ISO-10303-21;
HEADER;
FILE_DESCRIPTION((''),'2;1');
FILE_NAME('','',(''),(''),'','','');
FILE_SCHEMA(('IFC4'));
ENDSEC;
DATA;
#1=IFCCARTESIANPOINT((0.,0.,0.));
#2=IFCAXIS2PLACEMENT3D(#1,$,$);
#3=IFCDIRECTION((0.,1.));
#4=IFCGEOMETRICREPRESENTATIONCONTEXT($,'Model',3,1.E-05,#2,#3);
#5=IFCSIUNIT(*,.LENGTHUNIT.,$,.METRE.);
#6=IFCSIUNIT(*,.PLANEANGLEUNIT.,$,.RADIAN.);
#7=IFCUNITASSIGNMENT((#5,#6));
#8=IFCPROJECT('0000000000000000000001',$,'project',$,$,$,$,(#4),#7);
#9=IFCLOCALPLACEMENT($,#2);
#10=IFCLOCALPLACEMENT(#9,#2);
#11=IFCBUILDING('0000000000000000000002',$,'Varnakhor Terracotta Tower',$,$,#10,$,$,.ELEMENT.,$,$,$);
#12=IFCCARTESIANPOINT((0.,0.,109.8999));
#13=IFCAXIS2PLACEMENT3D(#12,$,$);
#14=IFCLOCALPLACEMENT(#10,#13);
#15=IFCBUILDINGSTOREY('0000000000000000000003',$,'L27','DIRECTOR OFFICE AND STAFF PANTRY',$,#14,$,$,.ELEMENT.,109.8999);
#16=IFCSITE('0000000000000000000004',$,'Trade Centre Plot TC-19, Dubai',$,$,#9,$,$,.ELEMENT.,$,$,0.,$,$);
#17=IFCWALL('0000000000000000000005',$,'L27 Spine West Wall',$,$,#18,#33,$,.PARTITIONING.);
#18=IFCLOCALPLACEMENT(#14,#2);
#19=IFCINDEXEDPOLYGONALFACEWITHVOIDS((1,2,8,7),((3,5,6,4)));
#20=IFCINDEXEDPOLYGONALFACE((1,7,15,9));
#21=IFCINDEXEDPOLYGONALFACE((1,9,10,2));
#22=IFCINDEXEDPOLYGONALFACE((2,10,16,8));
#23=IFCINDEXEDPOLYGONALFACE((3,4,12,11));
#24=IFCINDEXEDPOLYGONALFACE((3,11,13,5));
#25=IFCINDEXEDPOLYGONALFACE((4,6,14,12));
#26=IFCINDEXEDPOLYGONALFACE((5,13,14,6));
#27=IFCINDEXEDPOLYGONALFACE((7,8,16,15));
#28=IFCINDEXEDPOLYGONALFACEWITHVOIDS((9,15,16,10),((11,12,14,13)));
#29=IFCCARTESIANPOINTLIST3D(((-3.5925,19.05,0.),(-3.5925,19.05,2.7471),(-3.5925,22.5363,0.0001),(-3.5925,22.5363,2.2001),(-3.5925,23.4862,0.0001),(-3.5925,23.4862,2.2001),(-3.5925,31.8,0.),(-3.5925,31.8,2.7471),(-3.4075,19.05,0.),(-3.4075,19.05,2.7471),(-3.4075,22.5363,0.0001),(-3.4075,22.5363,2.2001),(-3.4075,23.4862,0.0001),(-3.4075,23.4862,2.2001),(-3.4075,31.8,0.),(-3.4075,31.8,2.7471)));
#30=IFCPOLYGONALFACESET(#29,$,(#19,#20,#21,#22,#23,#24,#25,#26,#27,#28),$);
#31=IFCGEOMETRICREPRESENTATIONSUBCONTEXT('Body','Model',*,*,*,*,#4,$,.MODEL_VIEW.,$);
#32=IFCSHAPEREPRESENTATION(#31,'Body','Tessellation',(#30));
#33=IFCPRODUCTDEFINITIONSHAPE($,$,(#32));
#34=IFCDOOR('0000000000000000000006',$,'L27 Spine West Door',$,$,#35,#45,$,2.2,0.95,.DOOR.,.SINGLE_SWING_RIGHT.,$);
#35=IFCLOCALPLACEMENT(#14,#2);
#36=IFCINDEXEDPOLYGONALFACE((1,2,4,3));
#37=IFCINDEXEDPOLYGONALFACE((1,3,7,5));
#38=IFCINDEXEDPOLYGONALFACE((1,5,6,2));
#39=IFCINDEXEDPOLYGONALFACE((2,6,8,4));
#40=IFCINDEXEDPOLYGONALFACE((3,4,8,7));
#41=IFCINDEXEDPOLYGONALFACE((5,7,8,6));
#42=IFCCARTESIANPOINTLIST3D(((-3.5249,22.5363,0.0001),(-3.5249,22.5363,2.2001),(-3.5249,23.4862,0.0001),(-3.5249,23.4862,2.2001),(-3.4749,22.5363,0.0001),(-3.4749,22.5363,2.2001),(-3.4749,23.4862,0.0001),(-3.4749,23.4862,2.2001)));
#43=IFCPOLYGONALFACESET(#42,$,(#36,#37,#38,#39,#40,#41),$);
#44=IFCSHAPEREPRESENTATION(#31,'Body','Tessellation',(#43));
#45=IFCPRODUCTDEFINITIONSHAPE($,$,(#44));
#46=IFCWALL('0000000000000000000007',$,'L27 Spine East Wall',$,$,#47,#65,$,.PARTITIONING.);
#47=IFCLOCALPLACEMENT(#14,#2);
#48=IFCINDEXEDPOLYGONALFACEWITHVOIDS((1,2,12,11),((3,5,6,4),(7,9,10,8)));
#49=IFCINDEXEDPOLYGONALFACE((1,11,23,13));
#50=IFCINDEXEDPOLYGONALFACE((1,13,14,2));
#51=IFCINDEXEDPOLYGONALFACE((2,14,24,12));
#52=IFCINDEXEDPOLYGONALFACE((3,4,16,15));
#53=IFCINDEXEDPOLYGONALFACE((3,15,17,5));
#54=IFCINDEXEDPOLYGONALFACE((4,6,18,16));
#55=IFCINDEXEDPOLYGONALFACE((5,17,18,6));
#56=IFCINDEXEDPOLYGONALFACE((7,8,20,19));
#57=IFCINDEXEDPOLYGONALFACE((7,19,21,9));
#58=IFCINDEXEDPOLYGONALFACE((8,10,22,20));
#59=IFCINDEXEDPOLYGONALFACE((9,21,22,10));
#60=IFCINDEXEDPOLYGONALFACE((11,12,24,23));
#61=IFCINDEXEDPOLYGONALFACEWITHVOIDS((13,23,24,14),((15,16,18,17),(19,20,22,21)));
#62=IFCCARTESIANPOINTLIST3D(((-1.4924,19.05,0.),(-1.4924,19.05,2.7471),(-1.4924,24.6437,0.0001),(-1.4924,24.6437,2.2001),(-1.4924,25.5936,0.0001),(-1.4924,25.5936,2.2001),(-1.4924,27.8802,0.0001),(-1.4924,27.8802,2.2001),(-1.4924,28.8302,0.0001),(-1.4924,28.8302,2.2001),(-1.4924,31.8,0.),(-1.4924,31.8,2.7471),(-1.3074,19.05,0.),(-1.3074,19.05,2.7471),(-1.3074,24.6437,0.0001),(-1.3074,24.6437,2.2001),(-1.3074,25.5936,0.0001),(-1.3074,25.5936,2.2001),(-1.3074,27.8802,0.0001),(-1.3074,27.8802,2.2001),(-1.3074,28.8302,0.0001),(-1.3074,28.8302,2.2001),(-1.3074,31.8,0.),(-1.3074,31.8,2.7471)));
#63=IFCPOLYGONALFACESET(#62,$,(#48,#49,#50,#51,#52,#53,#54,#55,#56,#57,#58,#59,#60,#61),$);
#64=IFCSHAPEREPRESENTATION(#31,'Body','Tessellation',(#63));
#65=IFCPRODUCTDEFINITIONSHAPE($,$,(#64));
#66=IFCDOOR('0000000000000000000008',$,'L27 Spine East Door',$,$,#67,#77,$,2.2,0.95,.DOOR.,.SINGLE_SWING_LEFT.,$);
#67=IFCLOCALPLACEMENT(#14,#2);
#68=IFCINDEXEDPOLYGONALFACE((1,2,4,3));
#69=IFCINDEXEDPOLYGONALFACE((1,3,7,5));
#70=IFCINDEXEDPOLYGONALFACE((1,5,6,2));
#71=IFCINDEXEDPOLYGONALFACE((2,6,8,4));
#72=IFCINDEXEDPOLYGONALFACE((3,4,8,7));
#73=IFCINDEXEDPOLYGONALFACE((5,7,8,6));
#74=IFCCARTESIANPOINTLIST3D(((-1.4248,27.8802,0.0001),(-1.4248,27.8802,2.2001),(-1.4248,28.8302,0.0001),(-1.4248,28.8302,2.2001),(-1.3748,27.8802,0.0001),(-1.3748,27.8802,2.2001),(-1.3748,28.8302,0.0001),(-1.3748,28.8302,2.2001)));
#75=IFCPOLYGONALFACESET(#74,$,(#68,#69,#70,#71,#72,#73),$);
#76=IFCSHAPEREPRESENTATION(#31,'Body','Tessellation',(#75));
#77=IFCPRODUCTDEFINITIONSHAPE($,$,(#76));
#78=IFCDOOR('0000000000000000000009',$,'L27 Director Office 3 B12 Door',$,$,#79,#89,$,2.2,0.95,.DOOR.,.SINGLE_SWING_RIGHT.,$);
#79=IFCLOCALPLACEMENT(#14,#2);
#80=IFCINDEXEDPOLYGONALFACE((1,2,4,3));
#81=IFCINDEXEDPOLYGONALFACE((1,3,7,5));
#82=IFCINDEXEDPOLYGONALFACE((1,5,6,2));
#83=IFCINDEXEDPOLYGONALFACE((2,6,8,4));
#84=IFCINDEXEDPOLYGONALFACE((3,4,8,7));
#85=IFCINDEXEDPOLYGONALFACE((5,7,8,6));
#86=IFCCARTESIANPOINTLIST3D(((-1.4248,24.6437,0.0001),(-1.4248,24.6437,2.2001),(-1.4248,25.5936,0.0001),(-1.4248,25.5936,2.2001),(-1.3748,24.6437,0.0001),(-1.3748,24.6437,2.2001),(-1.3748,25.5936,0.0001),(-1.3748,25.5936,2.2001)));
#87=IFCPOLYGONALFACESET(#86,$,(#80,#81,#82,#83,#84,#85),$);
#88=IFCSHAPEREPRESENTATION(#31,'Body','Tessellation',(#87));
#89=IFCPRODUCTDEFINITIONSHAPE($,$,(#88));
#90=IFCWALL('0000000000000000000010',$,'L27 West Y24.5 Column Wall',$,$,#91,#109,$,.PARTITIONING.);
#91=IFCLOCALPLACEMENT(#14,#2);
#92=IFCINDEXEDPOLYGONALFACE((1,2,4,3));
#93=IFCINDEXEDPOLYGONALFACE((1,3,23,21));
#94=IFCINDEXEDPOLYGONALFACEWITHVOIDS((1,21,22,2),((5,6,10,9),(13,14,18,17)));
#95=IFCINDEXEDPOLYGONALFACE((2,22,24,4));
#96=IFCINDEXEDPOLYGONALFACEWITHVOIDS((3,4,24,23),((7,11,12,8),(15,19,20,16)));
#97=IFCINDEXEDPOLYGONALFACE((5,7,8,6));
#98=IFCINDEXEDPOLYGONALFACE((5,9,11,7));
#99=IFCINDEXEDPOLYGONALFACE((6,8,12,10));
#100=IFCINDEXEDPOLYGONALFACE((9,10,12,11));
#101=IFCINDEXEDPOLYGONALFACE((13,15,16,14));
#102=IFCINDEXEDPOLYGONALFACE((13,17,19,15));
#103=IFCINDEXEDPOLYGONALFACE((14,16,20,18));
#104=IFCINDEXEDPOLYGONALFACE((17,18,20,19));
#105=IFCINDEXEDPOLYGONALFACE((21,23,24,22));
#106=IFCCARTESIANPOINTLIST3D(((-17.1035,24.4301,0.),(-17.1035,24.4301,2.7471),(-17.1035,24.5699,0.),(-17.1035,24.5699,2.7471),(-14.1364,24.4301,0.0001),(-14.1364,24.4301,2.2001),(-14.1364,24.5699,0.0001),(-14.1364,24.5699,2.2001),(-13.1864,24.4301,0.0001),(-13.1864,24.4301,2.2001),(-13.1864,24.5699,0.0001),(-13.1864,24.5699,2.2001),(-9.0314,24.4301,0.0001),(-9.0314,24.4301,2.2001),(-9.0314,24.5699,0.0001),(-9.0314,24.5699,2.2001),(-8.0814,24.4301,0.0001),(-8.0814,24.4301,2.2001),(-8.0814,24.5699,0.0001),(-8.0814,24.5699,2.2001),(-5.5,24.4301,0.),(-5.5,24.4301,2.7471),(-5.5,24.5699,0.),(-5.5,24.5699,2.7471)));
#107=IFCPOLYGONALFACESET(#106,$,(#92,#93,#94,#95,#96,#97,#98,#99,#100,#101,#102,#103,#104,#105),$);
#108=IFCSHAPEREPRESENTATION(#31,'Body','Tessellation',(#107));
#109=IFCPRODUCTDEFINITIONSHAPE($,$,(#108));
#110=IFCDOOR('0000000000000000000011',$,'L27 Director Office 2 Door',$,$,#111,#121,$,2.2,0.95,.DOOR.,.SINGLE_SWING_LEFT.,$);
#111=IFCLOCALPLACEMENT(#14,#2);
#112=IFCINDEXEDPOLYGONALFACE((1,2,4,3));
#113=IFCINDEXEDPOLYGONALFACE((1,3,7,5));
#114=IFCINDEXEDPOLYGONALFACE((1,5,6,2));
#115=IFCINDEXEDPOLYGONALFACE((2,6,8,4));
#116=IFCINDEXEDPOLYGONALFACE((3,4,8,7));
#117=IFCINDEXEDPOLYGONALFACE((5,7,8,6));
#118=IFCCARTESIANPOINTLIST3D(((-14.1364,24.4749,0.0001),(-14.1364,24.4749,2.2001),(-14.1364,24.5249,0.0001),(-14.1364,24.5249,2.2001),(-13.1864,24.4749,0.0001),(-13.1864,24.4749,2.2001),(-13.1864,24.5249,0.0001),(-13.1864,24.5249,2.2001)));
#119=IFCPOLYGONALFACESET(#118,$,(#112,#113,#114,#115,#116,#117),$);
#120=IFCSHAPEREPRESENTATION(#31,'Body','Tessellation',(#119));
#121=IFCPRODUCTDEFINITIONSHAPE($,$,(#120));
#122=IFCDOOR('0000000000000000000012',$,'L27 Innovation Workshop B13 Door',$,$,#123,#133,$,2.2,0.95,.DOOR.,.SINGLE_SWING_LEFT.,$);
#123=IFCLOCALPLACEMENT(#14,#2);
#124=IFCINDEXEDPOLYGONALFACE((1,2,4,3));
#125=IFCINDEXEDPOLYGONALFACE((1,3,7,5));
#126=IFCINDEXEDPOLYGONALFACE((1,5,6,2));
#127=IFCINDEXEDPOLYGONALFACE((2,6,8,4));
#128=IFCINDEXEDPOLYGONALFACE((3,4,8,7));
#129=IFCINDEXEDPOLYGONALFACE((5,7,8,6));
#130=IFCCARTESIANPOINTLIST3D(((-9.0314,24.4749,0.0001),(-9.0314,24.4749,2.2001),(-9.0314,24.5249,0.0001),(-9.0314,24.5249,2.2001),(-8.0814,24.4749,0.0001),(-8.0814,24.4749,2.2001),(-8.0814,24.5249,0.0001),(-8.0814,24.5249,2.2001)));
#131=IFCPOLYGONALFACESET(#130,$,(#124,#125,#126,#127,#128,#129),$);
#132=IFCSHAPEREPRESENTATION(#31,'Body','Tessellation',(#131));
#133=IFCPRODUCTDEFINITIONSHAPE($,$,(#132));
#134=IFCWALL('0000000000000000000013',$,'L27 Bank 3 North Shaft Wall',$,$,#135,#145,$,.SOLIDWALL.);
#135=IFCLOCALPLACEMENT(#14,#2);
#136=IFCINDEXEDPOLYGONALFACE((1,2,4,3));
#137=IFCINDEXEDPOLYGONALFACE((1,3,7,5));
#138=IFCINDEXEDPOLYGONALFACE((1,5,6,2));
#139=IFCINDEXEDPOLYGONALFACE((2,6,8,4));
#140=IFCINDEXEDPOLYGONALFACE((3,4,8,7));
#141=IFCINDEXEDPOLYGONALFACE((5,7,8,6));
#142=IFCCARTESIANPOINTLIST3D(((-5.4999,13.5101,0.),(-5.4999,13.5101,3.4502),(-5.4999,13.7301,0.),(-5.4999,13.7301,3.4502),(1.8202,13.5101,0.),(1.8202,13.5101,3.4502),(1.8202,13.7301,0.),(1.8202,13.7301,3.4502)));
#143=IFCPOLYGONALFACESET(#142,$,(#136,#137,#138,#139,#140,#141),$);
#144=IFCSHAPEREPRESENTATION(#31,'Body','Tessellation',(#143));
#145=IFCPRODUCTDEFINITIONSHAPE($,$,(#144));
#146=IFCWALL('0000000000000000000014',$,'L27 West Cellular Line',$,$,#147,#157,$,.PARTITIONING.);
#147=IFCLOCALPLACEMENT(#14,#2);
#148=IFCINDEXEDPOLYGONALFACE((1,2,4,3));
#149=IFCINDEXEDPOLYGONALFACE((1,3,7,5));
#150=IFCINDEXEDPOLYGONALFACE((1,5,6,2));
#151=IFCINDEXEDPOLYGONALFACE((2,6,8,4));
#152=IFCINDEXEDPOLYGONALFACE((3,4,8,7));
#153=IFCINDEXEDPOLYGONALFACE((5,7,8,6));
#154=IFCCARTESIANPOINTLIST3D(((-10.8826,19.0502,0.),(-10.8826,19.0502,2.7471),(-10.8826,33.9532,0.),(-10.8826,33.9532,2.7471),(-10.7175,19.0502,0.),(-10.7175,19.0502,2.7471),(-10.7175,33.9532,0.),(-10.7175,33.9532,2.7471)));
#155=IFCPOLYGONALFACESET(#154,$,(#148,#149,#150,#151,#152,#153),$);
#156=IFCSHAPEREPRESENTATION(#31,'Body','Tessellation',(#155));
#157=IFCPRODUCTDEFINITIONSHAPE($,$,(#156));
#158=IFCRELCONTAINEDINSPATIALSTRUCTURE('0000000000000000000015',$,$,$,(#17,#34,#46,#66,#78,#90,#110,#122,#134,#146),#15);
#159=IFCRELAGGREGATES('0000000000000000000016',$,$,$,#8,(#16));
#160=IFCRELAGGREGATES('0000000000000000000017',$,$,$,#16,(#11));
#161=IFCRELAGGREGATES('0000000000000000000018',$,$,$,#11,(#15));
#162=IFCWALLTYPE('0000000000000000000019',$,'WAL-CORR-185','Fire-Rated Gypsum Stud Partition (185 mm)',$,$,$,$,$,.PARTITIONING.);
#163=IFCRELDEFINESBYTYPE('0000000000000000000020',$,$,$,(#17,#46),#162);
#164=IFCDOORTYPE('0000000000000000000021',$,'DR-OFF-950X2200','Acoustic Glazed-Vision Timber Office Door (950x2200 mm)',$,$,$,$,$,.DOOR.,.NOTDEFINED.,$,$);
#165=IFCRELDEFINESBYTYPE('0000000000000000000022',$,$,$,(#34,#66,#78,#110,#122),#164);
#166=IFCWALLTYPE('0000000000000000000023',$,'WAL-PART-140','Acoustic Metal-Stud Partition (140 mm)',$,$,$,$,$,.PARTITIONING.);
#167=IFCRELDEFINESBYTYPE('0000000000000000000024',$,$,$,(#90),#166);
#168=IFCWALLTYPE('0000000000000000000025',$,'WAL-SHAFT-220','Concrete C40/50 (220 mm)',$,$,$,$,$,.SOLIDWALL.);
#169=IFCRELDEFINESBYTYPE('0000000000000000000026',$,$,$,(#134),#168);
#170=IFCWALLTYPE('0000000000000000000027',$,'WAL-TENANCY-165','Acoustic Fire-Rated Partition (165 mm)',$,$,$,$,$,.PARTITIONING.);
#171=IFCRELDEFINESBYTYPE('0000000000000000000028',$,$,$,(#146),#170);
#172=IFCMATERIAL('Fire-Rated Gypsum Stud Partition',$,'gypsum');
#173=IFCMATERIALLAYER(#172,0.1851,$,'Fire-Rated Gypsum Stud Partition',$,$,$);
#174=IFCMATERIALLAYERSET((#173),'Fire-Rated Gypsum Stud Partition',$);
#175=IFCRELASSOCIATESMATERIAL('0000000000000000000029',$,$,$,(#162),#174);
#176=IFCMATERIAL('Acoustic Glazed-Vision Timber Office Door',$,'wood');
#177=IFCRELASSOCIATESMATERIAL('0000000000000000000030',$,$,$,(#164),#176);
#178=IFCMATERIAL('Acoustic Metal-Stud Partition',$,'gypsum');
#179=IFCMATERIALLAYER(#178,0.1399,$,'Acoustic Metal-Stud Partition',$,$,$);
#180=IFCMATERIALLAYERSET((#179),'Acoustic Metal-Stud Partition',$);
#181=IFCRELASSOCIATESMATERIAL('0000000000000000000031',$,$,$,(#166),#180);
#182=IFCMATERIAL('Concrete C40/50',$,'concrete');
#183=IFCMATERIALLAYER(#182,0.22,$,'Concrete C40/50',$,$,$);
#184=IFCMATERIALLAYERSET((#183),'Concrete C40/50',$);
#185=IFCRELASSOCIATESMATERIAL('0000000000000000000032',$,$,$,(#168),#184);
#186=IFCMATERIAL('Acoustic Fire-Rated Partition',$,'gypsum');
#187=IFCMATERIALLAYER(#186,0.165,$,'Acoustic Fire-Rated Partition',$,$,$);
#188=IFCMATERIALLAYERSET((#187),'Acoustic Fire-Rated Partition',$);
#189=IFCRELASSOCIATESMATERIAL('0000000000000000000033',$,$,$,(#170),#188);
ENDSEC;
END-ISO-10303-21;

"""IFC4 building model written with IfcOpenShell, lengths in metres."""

from ifc_helpers import new_model, si_unit, direction, frame, frame_2d, origin, place, context, subcontext, project, spatial, rectangle, extrude, source, transform, mapped, material, layer, layer_set, type_object, type_shapes, element, fill, save


model = new_model("IFC4")

# Units and contexts
model_context = context("Model", 3, precision=1e-05, world=origin(), true_north=direction((0.0, 1.0)))
body_context = subcontext(model_context, "Body", "Model", "MODEL_VIEW")
ifc_project = project(units=[si_unit("LENGTHUNIT", "METRE"), si_unit("PLANEANGLEUNIT", "RADIAN")], contexts=[model_context])

# Site, building, storey
site_placement = place(None, origin())
site = spatial("IfcSite", under=ifc_project, at=site_placement, Name="Trade Centre Plot TC-19, Dubai", CompositionType="ELEMENT", RefElevation=0.0)
building_placement = place(site_placement, origin())
building = spatial("IfcBuilding", under=site, at=building_placement, Name="Varnakhor Terracotta Tower", CompositionType="ELEMENT")
storey_placement = place(building_placement, frame((0.0, 0.0, 109.8999)))
storey = spatial("IfcBuildingStorey", under=building, at=storey_placement, Name="L27", Description="DIRECTOR OFFICE AND STAFF PANTRY", CompositionType="ELEMENT", Elevation=109.8999)

# Shared definitions
ifc_material_1 = material(Name="Fire-Rated Gypsum Stud Partition", Category="gypsum")
ifc_layer_1 = layer(ifc_material_1, 0.1851, Name="Fire-Rated Gypsum Stud Partition")
ifc_layer_set_1 = layer_set([ifc_layer_1], Name="Fire-Rated Gypsum Stud Partition")
wall_type_1 = type_object("IfcWallType", Name="WAL-CORR-185", Description="Fire-Rated Gypsum Stud Partition (185 mm)", PredefinedType="PARTITIONING", material=ifc_layer_set_1)
ifc_material_2 = material(Name="Acoustic Glazed-Vision Timber Office Door", Category="wood")
door_type_1 = type_object("IfcDoorType", Name="DR-OFF-950X2200", Description="Acoustic Glazed-Vision Timber Office Door (950x2200 mm)", OperationType="NOTDEFINED", PredefinedType="DOOR", material=ifc_material_2)
shared_shape_1 = source(origin(), body_context, "Body", "SweptSolid", [
    extrude(rectangle(XDim=0.95, YDim=2.2, at=frame_2d((0.4751, 1.1001))), frame((0.0, 0.0249, 0.0), z_axis=(0.0, -1.0, 0.0), x_axis=(1.0, 0.0, 0.0)), (0.0, 0.0, 1.0), 0.05),
])
type_shapes(door_type_1, [shared_shape_1])

# Wall, opening, door
wall_1_placement = place(storey_placement, frame((-3.5, 19.05, 0.0), z_axis=(0.0, 0.0, 1.0), x_axis=(0.0, 1.0, 0.0)))
wall_1 = element("IfcWall", 1, at=wall_1_placement, inside=storey, type_object=wall_type_1, Name="L27 Spine West Wall", PredefinedType="PARTITIONING", context=body_context, shape_type="SweptSolid", body=[
    extrude(rectangle(XDim=12.75, YDim=0.1851, at=frame_2d((6.375, 0.0))), origin(), (0.0, 0.0, 1.0), 2.7471),
])
opening_1_placement = place(wall_1_placement, frame((3.4861, 0.0, 0.0)))
opening_1 = element("IfcOpeningElement", 2, at=opening_1_placement, cuts=wall_1, PredefinedType="OPENING", context=body_context, shape_type="SweptSolid", body=[
    extrude(rectangle(XDim=0.95, YDim=2.2, at=frame_2d((0.4751, 1.1001))), frame((0.0, 0.1025, 0.0), z_axis=(0.0, -1.0, 0.0), x_axis=(1.0, 0.0, 0.0)), (0.0, 0.0, 1.0), 0.2051),
])
door_1_placement = place(opening_1_placement, origin())
door_1 = element("IfcDoor", 3, at=door_1_placement, inside=storey, type_object=door_type_1, Name="L27 Spine West Door", OperationType="SINGLE_SWING_RIGHT", OverallHeight=2.2, OverallWidth=0.95, PredefinedType="DOOR", context=body_context, shape_type="MappedRepresentation", body=[
    mapped(shared_shape_1, transform((0.0, 0.0, 0.0), scale=1.0)),
])
fill(opening_1, door_1)

# Walls, openings, doors
wall_2_placement = place(storey_placement, frame((-1.3999, 19.05, 0.0), z_axis=(0.0, 0.0, 1.0), x_axis=(0.0, 1.0, 0.0)))
wall_2 = element("IfcWall", 4, at=wall_2_placement, inside=storey, type_object=wall_type_1, Name="L27 Spine East Wall", PredefinedType="PARTITIONING", context=body_context, shape_type="SweptSolid", body=[
    extrude(rectangle(XDim=12.75, YDim=0.1851, at=frame_2d((6.375, 0.0))), origin(), (0.0, 0.0, 1.0), 2.7471),
])
opening_2_placement = place(wall_2_placement, frame((8.8301, 0.0, 0.0)))
opening_2 = element("IfcOpeningElement", 5, at=opening_2_placement, cuts=wall_2, PredefinedType="OPENING", context=body_context, shape_type="SweptSolid", body=[
    extrude(rectangle(XDim=0.95, YDim=2.2, at=frame_2d((0.4751, 1.1001))), frame((0.0, 0.1025, 0.0), z_axis=(0.0, -1.0, 0.0), x_axis=(1.0, 0.0, 0.0)), (0.0, 0.0, 1.0), 0.2051),
])
opening_3_placement = place(wall_2_placement, frame((5.5935, 0.0, 0.0)))
opening_3 = element("IfcOpeningElement", 6, at=opening_3_placement, cuts=wall_2, PredefinedType="OPENING", context=body_context, shape_type="SweptSolid", body=[
    extrude(rectangle(XDim=0.95, YDim=2.2, at=frame_2d((0.4751, 1.1001))), frame((0.0, 0.1025, 0.0), z_axis=(0.0, -1.0, 0.0), x_axis=(1.0, 0.0, 0.0)), (0.0, 0.0, 1.0), 0.2051),
])
door_2_placement = place(opening_2_placement, origin())
door_2 = element("IfcDoor", 7, at=door_2_placement, inside=storey, type_object=door_type_1, Name="L27 Spine East Door", OperationType="SINGLE_SWING_LEFT", OverallHeight=2.2, OverallWidth=0.95, PredefinedType="DOOR", context=body_context, shape_type="MappedRepresentation", body=[
    mapped(shared_shape_1, transform((0.0, 0.0, 0.0), scale=1.0)),
])
fill(opening_2, door_2)
door_3_placement = place(opening_3_placement, origin())
door_3 = element("IfcDoor", 8, at=door_3_placement, inside=storey, type_object=door_type_1, Name="L27 Director Office 3 B12 Door", OperationType="SINGLE_SWING_RIGHT", OverallHeight=2.2, OverallWidth=0.95, PredefinedType="DOOR", context=body_context, shape_type="MappedRepresentation", body=[
    mapped(shared_shape_1, transform((0.0, 0.0, 0.0), scale=1.0)),
])
fill(opening_3, door_3)
ifc_material_3 = material(Name="Acoustic Metal-Stud Partition", Category="gypsum")
ifc_layer_2 = layer(ifc_material_3, 0.1399, Name="Acoustic Metal-Stud Partition")
ifc_layer_set_2 = layer_set([ifc_layer_2], Name="Acoustic Metal-Stud Partition")
wall_type_2 = type_object("IfcWallType", Name="WAL-PART-140", Description="Acoustic Metal-Stud Partition (140 mm)", PredefinedType="PARTITIONING", material=ifc_layer_set_2)
wall_3_placement = place(storey_placement, frame((-17.1035, 24.5, 0.0), z_axis=(0.0, 0.0, 1.0), x_axis=(1.0, 0.0, 0.0)))
wall_3 = element("IfcWall", 9, at=wall_3_placement, inside=storey, type_object=wall_type_2, Name="L27 West Y24.5 Column Wall", PredefinedType="PARTITIONING", context=body_context, shape_type="SweptSolid", body=[
    extrude(rectangle(XDim=11.6035, YDim=0.1399, at=frame_2d((5.8018, 0.0))), origin(), (0.0, 0.0, 1.0), 2.7471),
])
opening_4_placement = place(wall_3_placement, frame((2.967, 0.0, 0.0)))
opening_4 = element("IfcOpeningElement", 10, at=opening_4_placement, cuts=wall_3, PredefinedType="OPENING", context=body_context, shape_type="SweptSolid", body=[
    extrude(rectangle(XDim=0.95, YDim=2.2, at=frame_2d((0.4751, 1.1001))), frame((0.0, 0.0801, 0.0), z_axis=(0.0, -1.0, 0.0), x_axis=(1.0, 0.0, 0.0)), (0.0, 0.0, 1.0), 0.1599),
])
opening_5_placement = place(wall_3_placement, frame((8.072, 0.0, 0.0)))
opening_5 = element("IfcOpeningElement", 11, at=opening_5_placement, cuts=wall_3, PredefinedType="OPENING", context=body_context, shape_type="SweptSolid", body=[
    extrude(rectangle(XDim=0.95, YDim=2.2, at=frame_2d((0.4751, 1.1001))), frame((0.0, 0.0801, 0.0), z_axis=(0.0, -1.0, 0.0), x_axis=(1.0, 0.0, 0.0)), (0.0, 0.0, 1.0), 0.1599),
])
door_4_placement = place(opening_4_placement, origin())
door_4 = element("IfcDoor", 12, at=door_4_placement, inside=storey, type_object=door_type_1, Name="L27 Director Office 2 Door", OperationType="SINGLE_SWING_LEFT", OverallHeight=2.2, OverallWidth=0.95, PredefinedType="DOOR", context=body_context, shape_type="MappedRepresentation", body=[
    mapped(shared_shape_1, transform((0.0, 0.0, 0.0), scale=1.0)),
])
fill(opening_4, door_4)
door_5_placement = place(opening_5_placement, origin())
door_5 = element("IfcDoor", 13, at=door_5_placement, inside=storey, type_object=door_type_1, Name="L27 Innovation Workshop B13 Door", OperationType="SINGLE_SWING_LEFT", OverallHeight=2.2, OverallWidth=0.95, PredefinedType="DOOR", context=body_context, shape_type="MappedRepresentation", body=[
    mapped(shared_shape_1, transform((0.0, 0.0, 0.0), scale=1.0)),
])
fill(opening_5, door_5)

# Walls
ifc_material_4 = material(Name="Concrete C40/50", Category="concrete")
ifc_layer_3 = layer(ifc_material_4, 0.22, Name="Concrete C40/50")
ifc_layer_set_3 = layer_set([ifc_layer_3], Name="Concrete C40/50")
wall_type_3 = type_object("IfcWallType", Name="WAL-SHAFT-220", Description="Concrete C40/50 (220 mm)", PredefinedType="SOLIDWALL", material=ifc_layer_set_3)
wall_4_placement = place(storey_placement, frame((-5.5, 13.6201, 0.0), z_axis=(0.0, 0.0, 1.0), x_axis=(1.0, 0.0, 0.0)))
element("IfcWall", 14, at=wall_4_placement, inside=storey, type_object=wall_type_3, Name="L27 Bank 3 North Shaft Wall", PredefinedType="SOLIDWALL", context=body_context, shape_type="SweptSolid", body=[
    extrude(rectangle(XDim=7.3201, YDim=0.22, at=frame_2d((3.6602, 0.0))), origin(), (0.0, 0.0, 1.0), 3.4502),
])
ifc_material_5 = material(Name="Acoustic Fire-Rated Partition", Category="gypsum")
ifc_layer_4 = layer(ifc_material_5, 0.165, Name="Acoustic Fire-Rated Partition")
ifc_layer_set_4 = layer_set([ifc_layer_4], Name="Acoustic Fire-Rated Partition")
wall_type_4 = type_object("IfcWallType", Name="WAL-TENANCY-165", Description="Acoustic Fire-Rated Partition (165 mm)", PredefinedType="PARTITIONING", material=ifc_layer_set_4)
wall_5_placement = place(storey_placement, frame((-10.8, 19.05, 0.0), z_axis=(0.0, 0.0, 1.0), x_axis=(0.0, 1.0, 0.0)))
element("IfcWall", 15, at=wall_5_placement, inside=storey, type_object=wall_type_4, Name="L27 West Cellular Line", PredefinedType="PARTITIONING", context=body_context, shape_type="SweptSolid", body=[
    extrude(rectangle(XDim=14.9031, YDim=0.165, at=frame_2d((7.4517, 0.0))), origin(), (0.0, 0.0, 1.0), 2.7471),
])

save(model, "model.ifc")
